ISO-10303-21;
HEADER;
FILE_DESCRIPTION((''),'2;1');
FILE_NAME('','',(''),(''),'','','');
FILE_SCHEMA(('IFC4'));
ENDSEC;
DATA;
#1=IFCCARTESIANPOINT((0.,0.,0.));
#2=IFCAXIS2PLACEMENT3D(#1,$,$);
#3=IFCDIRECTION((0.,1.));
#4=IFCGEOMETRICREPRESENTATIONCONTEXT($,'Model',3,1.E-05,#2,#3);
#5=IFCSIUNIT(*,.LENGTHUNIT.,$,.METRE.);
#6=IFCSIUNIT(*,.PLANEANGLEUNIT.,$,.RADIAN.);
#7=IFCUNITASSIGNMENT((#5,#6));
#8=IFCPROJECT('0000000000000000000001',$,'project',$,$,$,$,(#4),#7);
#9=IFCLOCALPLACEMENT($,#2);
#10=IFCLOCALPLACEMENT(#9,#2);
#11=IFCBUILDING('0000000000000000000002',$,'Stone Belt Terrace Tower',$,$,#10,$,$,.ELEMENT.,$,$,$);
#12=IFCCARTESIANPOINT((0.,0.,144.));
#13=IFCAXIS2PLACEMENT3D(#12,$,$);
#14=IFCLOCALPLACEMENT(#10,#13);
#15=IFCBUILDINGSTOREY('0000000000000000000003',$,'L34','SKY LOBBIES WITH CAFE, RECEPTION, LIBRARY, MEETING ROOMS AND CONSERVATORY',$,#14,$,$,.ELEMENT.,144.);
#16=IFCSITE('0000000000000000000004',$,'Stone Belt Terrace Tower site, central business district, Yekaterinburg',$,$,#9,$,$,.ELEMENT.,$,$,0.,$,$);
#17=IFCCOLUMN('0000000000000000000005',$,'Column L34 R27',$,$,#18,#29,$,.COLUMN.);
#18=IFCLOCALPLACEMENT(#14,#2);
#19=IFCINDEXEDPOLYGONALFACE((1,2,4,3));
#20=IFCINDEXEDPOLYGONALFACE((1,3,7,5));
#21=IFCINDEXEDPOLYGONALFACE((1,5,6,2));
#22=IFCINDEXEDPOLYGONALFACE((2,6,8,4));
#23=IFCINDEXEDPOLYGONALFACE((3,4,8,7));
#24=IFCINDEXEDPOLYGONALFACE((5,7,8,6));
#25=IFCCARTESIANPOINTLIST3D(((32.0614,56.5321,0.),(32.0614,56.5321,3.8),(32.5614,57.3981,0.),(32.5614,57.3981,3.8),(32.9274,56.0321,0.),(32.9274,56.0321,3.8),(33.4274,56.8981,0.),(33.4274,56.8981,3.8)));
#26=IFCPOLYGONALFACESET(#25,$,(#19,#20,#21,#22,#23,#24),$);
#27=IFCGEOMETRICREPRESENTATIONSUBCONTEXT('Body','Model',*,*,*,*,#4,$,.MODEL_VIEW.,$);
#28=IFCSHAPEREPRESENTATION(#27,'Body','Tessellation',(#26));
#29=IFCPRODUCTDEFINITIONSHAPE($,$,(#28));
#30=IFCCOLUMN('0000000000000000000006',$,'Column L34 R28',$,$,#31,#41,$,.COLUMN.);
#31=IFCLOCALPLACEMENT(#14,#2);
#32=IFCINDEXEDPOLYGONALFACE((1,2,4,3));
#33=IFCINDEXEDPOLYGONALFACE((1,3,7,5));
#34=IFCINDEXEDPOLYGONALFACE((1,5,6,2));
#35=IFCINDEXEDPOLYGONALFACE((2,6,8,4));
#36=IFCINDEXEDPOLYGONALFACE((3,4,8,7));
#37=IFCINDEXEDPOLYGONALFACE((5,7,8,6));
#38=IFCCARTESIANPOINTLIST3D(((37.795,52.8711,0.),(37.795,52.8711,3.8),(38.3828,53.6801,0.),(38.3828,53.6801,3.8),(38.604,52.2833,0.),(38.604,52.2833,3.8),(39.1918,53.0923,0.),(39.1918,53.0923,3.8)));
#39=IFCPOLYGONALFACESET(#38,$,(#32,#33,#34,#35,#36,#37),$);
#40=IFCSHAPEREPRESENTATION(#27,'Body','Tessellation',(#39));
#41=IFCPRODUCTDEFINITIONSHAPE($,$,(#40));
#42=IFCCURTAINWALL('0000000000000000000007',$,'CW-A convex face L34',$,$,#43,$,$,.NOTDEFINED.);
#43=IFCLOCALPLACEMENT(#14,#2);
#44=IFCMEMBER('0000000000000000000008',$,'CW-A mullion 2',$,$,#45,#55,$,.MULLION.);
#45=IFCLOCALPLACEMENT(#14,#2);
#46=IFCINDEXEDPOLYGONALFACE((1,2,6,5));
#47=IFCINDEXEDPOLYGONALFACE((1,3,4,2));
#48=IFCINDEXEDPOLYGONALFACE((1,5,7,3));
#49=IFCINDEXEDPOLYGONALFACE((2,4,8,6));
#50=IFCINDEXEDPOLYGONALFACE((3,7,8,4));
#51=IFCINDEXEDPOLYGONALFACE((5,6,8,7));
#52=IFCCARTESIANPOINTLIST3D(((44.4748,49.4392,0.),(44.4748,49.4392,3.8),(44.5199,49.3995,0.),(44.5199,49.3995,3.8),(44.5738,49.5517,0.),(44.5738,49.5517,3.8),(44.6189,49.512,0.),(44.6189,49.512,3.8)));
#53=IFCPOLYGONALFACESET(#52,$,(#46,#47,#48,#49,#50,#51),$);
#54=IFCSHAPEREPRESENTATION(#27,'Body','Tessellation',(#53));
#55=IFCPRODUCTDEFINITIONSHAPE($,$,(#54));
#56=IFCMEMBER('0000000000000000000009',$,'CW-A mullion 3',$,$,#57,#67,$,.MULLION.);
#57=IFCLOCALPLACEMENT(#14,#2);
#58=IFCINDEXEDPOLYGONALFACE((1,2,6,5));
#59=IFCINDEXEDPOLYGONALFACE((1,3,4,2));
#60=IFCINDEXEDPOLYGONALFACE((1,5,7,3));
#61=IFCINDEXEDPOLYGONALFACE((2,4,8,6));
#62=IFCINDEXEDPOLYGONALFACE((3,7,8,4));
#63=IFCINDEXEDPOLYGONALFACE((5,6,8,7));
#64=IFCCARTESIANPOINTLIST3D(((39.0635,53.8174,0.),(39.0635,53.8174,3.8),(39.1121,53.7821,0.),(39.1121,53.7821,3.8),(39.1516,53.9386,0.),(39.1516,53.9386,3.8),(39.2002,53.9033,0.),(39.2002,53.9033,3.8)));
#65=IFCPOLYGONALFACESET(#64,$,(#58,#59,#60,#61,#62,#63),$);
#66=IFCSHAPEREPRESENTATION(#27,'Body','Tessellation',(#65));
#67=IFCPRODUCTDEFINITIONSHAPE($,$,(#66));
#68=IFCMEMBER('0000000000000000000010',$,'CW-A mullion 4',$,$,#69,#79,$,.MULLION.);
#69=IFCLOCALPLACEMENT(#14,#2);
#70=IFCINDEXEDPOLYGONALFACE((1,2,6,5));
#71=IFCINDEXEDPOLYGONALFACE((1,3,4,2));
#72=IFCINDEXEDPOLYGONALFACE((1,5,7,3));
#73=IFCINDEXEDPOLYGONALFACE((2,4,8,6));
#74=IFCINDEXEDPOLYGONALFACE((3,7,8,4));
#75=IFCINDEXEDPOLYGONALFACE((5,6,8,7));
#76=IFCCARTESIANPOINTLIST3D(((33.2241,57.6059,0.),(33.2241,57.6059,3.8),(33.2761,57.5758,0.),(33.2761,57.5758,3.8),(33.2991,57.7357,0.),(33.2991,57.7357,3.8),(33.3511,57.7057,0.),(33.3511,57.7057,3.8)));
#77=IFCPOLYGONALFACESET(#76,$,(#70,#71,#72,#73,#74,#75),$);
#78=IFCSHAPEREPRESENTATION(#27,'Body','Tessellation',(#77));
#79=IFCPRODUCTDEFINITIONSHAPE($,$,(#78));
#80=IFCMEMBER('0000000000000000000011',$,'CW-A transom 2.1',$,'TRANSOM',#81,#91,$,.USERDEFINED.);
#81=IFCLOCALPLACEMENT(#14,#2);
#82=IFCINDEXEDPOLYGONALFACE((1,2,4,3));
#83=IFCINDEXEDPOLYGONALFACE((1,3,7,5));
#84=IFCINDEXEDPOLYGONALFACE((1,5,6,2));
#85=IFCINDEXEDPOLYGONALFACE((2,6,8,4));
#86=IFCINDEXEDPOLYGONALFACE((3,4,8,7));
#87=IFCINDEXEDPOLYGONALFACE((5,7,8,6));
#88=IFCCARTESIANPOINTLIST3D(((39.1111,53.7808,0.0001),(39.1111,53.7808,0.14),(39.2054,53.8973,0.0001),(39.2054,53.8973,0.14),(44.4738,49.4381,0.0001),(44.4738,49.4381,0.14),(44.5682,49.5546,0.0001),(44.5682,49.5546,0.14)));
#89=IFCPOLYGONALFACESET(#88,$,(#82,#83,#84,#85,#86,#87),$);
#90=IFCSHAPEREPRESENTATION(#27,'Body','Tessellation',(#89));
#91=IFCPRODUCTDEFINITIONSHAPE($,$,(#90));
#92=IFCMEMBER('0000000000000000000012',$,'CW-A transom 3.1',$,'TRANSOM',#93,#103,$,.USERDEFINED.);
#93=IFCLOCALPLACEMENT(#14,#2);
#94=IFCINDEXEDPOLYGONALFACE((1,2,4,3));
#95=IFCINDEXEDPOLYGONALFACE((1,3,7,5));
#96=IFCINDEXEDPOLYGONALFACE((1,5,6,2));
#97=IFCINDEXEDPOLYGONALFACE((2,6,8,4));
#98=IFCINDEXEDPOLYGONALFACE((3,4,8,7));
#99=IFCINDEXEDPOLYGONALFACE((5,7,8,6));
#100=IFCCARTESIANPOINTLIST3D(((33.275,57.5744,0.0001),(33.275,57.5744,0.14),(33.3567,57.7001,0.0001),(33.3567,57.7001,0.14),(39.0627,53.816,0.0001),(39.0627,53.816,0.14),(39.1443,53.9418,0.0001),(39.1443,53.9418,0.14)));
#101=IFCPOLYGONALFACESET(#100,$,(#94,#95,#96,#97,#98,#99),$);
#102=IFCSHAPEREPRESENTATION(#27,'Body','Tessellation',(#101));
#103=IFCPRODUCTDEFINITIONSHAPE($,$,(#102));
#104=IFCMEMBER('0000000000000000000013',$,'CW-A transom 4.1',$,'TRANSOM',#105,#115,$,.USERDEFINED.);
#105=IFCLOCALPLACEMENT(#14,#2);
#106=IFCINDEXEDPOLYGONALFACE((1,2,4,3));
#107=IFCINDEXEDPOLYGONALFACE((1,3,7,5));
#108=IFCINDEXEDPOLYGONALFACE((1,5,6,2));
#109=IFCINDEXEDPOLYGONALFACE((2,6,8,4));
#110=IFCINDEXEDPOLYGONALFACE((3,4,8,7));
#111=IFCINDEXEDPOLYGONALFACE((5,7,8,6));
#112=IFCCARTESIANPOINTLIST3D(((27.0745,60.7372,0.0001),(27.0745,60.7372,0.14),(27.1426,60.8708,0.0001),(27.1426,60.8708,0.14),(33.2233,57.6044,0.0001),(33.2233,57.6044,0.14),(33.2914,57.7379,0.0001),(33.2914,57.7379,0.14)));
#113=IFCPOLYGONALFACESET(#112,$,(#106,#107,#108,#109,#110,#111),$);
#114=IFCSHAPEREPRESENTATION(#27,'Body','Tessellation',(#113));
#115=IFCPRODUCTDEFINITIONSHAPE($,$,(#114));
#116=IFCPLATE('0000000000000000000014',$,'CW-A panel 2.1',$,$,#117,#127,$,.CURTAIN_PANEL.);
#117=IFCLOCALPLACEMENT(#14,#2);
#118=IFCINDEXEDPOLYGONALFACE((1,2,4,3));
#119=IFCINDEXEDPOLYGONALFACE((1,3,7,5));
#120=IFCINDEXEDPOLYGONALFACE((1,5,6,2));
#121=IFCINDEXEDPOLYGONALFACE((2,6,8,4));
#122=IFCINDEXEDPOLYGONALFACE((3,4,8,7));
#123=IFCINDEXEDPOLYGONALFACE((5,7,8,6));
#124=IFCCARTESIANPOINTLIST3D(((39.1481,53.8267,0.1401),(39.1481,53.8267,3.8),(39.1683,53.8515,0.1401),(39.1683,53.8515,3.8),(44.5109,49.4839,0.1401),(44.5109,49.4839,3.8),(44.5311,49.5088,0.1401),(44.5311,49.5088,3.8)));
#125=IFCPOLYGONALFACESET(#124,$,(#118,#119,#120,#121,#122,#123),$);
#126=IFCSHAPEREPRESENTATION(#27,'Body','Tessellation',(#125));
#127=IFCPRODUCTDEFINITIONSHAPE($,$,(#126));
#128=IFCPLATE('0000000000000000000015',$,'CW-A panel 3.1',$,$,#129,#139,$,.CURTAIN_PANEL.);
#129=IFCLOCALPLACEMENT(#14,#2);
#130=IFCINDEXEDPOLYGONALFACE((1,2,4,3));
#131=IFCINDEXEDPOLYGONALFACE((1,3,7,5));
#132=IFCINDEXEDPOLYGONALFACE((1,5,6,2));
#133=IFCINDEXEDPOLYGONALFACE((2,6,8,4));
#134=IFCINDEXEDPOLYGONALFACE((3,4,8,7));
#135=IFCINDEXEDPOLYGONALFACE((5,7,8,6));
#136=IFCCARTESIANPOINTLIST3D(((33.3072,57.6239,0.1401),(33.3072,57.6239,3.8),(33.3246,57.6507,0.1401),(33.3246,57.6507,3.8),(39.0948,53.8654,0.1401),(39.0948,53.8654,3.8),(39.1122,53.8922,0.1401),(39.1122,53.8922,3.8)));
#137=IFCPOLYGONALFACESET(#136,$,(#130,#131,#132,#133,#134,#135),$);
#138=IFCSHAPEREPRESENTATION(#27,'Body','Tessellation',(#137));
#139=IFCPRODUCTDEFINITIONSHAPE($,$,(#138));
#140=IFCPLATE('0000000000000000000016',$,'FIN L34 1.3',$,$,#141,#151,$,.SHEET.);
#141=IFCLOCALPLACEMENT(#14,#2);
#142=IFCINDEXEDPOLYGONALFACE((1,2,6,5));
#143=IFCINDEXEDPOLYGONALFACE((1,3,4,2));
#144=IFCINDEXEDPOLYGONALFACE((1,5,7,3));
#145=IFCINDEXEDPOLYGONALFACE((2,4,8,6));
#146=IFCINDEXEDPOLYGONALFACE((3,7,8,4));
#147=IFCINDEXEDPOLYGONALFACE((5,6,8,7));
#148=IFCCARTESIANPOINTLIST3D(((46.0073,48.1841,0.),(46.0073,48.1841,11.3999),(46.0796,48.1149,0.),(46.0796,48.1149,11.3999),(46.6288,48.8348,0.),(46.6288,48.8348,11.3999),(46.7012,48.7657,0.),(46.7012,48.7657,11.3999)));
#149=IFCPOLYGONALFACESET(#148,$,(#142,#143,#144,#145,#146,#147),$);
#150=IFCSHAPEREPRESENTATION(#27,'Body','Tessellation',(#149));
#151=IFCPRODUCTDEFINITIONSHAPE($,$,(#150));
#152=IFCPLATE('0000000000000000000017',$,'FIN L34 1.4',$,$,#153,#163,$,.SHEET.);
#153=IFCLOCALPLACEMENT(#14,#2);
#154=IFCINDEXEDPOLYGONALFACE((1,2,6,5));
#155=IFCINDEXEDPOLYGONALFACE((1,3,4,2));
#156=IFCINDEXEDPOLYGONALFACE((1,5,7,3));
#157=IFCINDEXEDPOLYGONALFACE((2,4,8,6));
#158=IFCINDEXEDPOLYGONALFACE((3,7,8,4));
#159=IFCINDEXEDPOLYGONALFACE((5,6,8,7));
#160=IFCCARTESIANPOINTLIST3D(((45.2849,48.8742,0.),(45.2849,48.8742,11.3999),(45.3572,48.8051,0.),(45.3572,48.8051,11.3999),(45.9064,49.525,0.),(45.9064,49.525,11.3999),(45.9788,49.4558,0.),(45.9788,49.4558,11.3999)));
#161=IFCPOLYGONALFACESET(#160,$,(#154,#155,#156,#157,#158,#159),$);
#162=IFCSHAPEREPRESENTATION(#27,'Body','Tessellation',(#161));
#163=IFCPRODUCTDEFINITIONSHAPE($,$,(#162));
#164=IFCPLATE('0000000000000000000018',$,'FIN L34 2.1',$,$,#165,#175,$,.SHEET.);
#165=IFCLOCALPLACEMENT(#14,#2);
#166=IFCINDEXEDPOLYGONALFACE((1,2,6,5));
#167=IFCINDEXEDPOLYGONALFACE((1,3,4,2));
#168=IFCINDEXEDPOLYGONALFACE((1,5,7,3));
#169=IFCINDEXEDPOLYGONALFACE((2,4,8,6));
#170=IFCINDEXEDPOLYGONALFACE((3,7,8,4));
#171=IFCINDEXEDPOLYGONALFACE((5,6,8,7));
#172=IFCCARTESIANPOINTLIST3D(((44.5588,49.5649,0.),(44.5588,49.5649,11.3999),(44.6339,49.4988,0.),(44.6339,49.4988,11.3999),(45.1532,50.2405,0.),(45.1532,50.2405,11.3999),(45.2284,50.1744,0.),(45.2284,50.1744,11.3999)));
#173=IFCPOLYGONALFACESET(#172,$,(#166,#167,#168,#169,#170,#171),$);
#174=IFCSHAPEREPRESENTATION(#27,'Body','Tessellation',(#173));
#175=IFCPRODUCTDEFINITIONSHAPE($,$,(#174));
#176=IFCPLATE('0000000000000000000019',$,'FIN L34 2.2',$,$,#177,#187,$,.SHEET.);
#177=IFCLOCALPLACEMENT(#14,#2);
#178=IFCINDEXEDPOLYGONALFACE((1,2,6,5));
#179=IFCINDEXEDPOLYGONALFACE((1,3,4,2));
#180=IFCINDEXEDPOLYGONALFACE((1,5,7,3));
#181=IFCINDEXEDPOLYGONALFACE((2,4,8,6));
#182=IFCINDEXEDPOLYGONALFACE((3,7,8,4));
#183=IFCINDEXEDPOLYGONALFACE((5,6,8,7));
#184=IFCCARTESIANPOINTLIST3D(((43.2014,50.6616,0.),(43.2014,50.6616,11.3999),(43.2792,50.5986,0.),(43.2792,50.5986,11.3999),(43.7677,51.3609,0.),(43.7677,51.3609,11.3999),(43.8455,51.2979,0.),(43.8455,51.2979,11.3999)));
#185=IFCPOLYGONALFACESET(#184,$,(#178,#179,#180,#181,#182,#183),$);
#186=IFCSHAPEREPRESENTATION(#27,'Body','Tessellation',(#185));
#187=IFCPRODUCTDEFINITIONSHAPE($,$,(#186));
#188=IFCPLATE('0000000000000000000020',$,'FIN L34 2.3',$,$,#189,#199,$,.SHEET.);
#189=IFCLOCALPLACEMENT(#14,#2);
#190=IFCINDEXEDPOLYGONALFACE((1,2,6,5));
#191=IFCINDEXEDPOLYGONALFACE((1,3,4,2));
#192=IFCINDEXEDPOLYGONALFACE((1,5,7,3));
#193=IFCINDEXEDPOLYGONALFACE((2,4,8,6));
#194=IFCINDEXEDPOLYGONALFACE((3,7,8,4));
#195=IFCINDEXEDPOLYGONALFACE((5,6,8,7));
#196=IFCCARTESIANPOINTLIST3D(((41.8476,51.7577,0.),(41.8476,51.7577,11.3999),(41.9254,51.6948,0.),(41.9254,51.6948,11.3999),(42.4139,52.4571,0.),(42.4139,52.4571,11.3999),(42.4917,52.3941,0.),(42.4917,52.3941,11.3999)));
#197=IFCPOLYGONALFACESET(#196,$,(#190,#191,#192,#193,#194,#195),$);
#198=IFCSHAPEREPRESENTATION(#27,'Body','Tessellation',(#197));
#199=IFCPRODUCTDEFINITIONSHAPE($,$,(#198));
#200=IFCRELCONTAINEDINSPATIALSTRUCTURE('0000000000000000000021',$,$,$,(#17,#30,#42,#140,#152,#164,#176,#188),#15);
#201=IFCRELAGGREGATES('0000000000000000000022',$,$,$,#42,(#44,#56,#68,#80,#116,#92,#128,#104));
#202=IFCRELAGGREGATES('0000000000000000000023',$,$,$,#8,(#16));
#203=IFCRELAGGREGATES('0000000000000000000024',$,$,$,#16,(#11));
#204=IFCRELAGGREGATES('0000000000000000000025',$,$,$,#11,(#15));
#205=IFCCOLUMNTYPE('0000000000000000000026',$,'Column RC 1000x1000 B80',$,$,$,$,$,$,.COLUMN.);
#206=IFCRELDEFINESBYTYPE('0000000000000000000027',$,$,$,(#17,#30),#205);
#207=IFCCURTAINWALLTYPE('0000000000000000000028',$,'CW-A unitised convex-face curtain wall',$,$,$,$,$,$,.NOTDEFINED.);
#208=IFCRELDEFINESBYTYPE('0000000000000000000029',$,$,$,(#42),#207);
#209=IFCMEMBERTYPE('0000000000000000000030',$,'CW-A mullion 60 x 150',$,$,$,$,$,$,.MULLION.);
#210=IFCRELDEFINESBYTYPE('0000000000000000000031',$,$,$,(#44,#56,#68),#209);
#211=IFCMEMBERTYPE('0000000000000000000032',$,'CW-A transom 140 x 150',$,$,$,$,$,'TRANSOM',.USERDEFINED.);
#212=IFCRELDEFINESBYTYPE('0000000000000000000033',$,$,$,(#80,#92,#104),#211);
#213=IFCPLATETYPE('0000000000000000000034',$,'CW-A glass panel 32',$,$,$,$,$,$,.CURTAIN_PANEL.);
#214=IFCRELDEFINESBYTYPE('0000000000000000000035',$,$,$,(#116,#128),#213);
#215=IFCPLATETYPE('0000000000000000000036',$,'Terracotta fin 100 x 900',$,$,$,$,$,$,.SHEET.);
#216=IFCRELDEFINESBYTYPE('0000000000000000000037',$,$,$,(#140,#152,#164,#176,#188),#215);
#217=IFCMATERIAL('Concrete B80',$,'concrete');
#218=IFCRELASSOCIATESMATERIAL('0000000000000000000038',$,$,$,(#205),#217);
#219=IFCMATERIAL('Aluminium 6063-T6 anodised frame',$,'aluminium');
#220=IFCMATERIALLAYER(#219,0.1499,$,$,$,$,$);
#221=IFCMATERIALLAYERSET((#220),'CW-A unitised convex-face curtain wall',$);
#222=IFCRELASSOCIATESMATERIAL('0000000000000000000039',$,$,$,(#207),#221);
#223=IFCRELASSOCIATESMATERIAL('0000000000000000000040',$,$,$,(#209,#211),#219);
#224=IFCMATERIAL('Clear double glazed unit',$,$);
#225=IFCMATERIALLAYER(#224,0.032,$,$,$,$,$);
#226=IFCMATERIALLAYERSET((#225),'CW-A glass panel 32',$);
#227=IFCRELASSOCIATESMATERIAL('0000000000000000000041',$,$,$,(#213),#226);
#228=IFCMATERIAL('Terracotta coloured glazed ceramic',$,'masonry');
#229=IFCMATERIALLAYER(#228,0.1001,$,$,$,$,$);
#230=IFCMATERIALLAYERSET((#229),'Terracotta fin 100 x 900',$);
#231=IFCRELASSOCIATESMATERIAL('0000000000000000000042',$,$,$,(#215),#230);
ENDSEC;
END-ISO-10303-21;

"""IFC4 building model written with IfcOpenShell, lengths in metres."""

from ifc_helpers import new_model, si_unit, direction, frame, origin, origin_2d, place, context, subcontext, project, spatial, rectangle, extrude, material, layer, layer_set, material_profile, profile_set, type_object, element, aggregate, save


model = new_model("IFC4")

# Units and contexts
model_context = context("Model", 3, precision=1e-05, world=origin(), true_north=direction((0.0, 1.0)))
body_context = subcontext(model_context, "Body", "Model", "MODEL_VIEW")
ifc_project = project(units=[si_unit("LENGTHUNIT", "METRE"), si_unit("PLANEANGLEUNIT", "RADIAN")], contexts=[model_context])

# Site, building, storey
site_placement = place(None, origin())
site = spatial("IfcSite", under=ifc_project, at=site_placement, Name="Stone Belt Terrace Tower site, central business district, Yekaterinburg", CompositionType="ELEMENT", RefElevation=0.0)
building_placement = place(site_placement, origin())
building = spatial("IfcBuilding", under=site, at=building_placement, Name="Stone Belt Terrace Tower", CompositionType="ELEMENT")
storey_placement = place(building_placement, frame((0.0, 0.0, 144.0)))
storey = spatial("IfcBuildingStorey", under=building, at=storey_placement, Name="L34", Description="SKY LOBBIES WITH CAFE, RECEPTION, LIBRARY, MEETING ROOMS AND CONSERVATORY", CompositionType="ELEMENT", Elevation=144.0)

# Columns
ifc_material_1 = material(Name="Concrete B80", Category="concrete")
ifc_material_profile_1 = material_profile(ifc_material_1, rectangle(XDim=1.0, YDim=1.0, at=origin_2d()), Name="RC 1000x1000")
ifc_profile_set_1 = profile_set([ifc_material_profile_1], Name="Concrete B80")
column_type = type_object("IfcColumnType", Name="Column RC 1000x1000 B80", PredefinedType="COLUMN", material=ifc_profile_set_1)
for number, where, z_axis, x_axis, name in (
    (1, (32.7444, 56.7151, 0.0), (0.0, 0.0, 1.0), (0.866025, -0.5, 0.0), "Column L34 R27"),
    (2, (38.4934, 52.9817, 0.0), (0.0, 0.0, 1.0), (0.809017, -0.587785, 0.0), "Column L34 R28"),
):
    element("IfcColumn", number, at=place(storey_placement, frame(where, z_axis=z_axis, x_axis=x_axis)), inside=storey, type_object=column_type, Name=name, PredefinedType="COLUMN", context=body_context, shape_type="SweptSolid", body=[
        extrude(rectangle(XDim=1.0, YDim=1.0, at=origin_2d()), origin(), (0.0, 0.0, 1.0), 3.8),
    ])

# Curtain wall, members, plates
ifc_material_2 = material(Name="Aluminium 6063-T6 anodised frame", Category="aluminium")
ifc_layer_1 = layer(ifc_material_2, 0.1499)
ifc_layer_set_1 = layer_set([ifc_layer_1], Name="CW-A unitised convex-face curtain wall")
curtain_wall_type = type_object("IfcCurtainWallType", Name="CW-A unitised convex-face curtain wall", PredefinedType="NOTDEFINED", material=ifc_layer_set_1)
curtain_wall_placement = place(storey_placement, origin())
curtain_wall = element("IfcCurtainWall", 3, at=curtain_wall_placement, inside=storey, type_object=curtain_wall_type, Name="CW-A convex face L34", PredefinedType="NOTDEFINED")
ifc_material_profile_2 = material_profile(ifc_material_2, rectangle(XDim=0.1499, YDim=0.0601, at=origin_2d()), Name="Aluminium 6063-T6 60x150")
ifc_profile_set_2 = profile_set([ifc_material_profile_2], Name="Aluminium 6063-T6 anodised frame")
member_type_1 = type_object("IfcMemberType", Name="CW-A mullion 60 x 150", PredefinedType="MULLION", material=ifc_profile_set_2)
member_1_placement = place(storey_placement, frame((44.5469, 49.4756, 0.0), z_axis=(0.0, 0.0, 1.0), x_axis=(-0.660573, -0.750761, 0.0)))
member_1 = element("IfcMember", 4, at=member_1_placement, type_object=member_type_1, Name="CW-A mullion 2", PredefinedType="MULLION", context=body_context, shape_type="SweptSolid", body=[
    extrude(rectangle(XDim=0.1499, YDim=0.0601, at=origin_2d()), origin(), (0.0, 0.0, 1.0), 3.8),
])
member_2_placement = place(storey_placement, frame((39.1318, 53.8604, 0.0), z_axis=(0.0, 0.0, 1.0), x_axis=(-0.587785, -0.809017, 0.0)))
member_2 = element("IfcMember", 5, at=member_2_placement, type_object=member_type_1, Name="CW-A mullion 3", PredefinedType="MULLION", context=body_context, shape_type="SweptSolid", body=[
    extrude(rectangle(XDim=0.1499, YDim=0.0601, at=origin_2d()), origin(), (0.0, 0.0, 1.0), 3.8),
])
member_3_placement = place(storey_placement, frame((33.2876, 57.6558, 0.0), z_axis=(0.0, 0.0, 1.0), x_axis=(-0.5, -0.866025, 0.0)))
member_3 = element("IfcMember", 6, at=member_3_placement, type_object=member_type_1, Name="CW-A mullion 4", PredefinedType="MULLION", context=body_context, shape_type="SweptSolid", body=[
    extrude(rectangle(XDim=0.1499, YDim=0.0601, at=origin_2d()), origin(), (0.0, 0.0, 1.0), 3.8),
])
ifc_material_profile_3 = material_profile(ifc_material_2, rectangle(XDim=0.1499, YDim=0.1399, at=origin_2d()), Name="Aluminium 6063-T6 150x140")
ifc_profile_set_3 = profile_set([ifc_material_profile_3], Name="Aluminium 6063-T6 anodised frame")
member_type_2 = type_object("IfcMemberType", Name="CW-A transom 140 x 150", ElementType="TRANSOM", PredefinedType="USERDEFINED", material=ifc_profile_set_3)
member_4_placement = place(storey_placement, frame((44.521, 49.4963, 0.0701), z_axis=(-0.777141, 0.629326, 0.0), x_axis=(-0.629326, -0.777141, 0.0)))
member_4 = element("IfcMember", 7, at=member_4_placement, type_object=member_type_2, Name="CW-A transom 2.1", ObjectType="TRANSOM", PredefinedType="USERDEFINED", context=body_context, shape_type="SweptSolid", body=[
    extrude(rectangle(XDim=0.1499, YDim=0.1399, at=origin_2d()), origin(), (0.0, 0.0, 1.0), 6.9006),
])
member_5_placement = place(storey_placement, frame((39.1035, 53.8789, 0.0701), z_axis=(-0.838684, 0.544618, 0.0), x_axis=(-0.544618, -0.838684, 0.0)))
member_5 = element("IfcMember", 8, at=member_5_placement, type_object=member_type_2, Name="CW-A transom 3.1", ObjectType="TRANSOM", PredefinedType="USERDEFINED", context=body_context, shape_type="SweptSolid", body=[
    extrude(rectangle(XDim=0.1499, YDim=0.1399, at=origin_2d()), origin(), (0.0, 0.0, 1.0), 6.9009),
])
member_6_placement = place(storey_placement, frame((33.2573, 57.6711, 0.0701), z_axis=(-0.891012, 0.453979, 0.0), x_axis=(-0.453979, -0.891012, 0.0)))
member_6 = element("IfcMember", 9, at=member_6_placement, type_object=member_type_2, Name="CW-A transom 4.1", ObjectType="TRANSOM", PredefinedType="USERDEFINED", context=body_context, shape_type="SweptSolid", body=[
    extrude(rectangle(XDim=0.1499, YDim=0.1399, at=origin_2d()), origin(), (0.0, 0.0, 1.0), 6.9009),
])
ifc_material_3 = material(Name="Clear double glazed unit")
ifc_layer_2 = layer(ifc_material_3, 0.032)
ifc_layer_set_2 = layer_set([ifc_layer_2], Name="CW-A glass panel 32")
plate_type_1 = type_object("IfcPlateType", Name="CW-A glass panel 32", PredefinedType="CURTAIN_PANEL", material=ifc_layer_set_2)
plate_1_placement = place(storey_placement, frame((41.8396, 51.6677, 0.1401), z_axis=(0.0, 0.0, 1.0), x_axis=(-0.777146, 0.62932, 0.0)))
plate_1 = element("IfcPlate", 10, at=plate_1_placement, type_object=plate_type_1, Name="CW-A panel 2.1", PredefinedType="CURTAIN_PANEL", context=body_context, shape_type="SweptSolid", body=[
    extrude(rectangle(XDim=6.9006, YDim=0.032, at=origin_2d()), origin(), (0.0, 0.0, 1.0), 3.6599),
])
plate_2_placement = place(storey_placement, frame((36.2097, 55.7581, 0.1401), z_axis=(0.0, 0.0, 1.0), x_axis=(-0.838671, 0.544639, 0.0)))
plate_2 = element("IfcPlate", 11, at=plate_2_placement, type_object=plate_type_1, Name="CW-A panel 3.1", PredefinedType="CURTAIN_PANEL", context=body_context, shape_type="SweptSolid", body=[
    extrude(rectangle(XDim=6.9009, YDim=0.032, at=origin_2d()), origin(), (0.0, 0.0, 1.0), 3.6599),
])
aggregate(curtain_wall, [member_1, member_2, member_3, member_4, plate_1, member_5, plate_2, member_6])

# Plates
ifc_material_4 = material(Name="Terracotta coloured glazed ceramic", Category="masonry")
ifc_layer_3 = layer(ifc_material_4, 0.1001)
ifc_layer_set_3 = layer_set([ifc_layer_3], Name="Terracotta fin 100 x 900")
plate_type_2 = type_object("IfcPlateType", Name="Terracotta fin 100 x 900", PredefinedType="SHEET", material=ifc_layer_set_3)
for number, where, z_axis, x_axis, name in (
    (12, (46.3542, 48.4749, 0.0), (0.0, 0.0, 1.0), (0.690721, 0.723121, 0.0), "FIN L34 1.3"),
    (13, (45.6318, 49.165, 0.0), (0.0, 0.0, 1.0), (0.690721, 0.723121, 0.0), "FIN L34 1.4"),
    (14, (44.8936, 49.8696, 0.0), (0.0, 0.0, 1.0), (0.660573, 0.750761, 0.0), "FIN L34 2.1"),
    (15, (43.5234, 50.9797, 0.0), (0.0, 0.0, 1.0), (0.62932, 0.777146, 0.0), "FIN L34 2.2"),
    (16, (42.1697, 52.0759, 0.0), (0.0, 0.0, 1.0), (0.62932, 0.777146, 0.0), "FIN L34 2.3"),
):
    element("IfcPlate", number, at=place(storey_placement, frame(where, z_axis=z_axis, x_axis=x_axis)), inside=storey, type_object=plate_type_2, Name=name, PredefinedType="SHEET", context=body_context, shape_type="SweptSolid", body=[
        extrude(rectangle(XDim=0.8999, YDim=0.1001, at=origin_2d()), origin(), (0.0, 0.0, 1.0), 11.3999),
    ])

save(model, "model.ifc")
